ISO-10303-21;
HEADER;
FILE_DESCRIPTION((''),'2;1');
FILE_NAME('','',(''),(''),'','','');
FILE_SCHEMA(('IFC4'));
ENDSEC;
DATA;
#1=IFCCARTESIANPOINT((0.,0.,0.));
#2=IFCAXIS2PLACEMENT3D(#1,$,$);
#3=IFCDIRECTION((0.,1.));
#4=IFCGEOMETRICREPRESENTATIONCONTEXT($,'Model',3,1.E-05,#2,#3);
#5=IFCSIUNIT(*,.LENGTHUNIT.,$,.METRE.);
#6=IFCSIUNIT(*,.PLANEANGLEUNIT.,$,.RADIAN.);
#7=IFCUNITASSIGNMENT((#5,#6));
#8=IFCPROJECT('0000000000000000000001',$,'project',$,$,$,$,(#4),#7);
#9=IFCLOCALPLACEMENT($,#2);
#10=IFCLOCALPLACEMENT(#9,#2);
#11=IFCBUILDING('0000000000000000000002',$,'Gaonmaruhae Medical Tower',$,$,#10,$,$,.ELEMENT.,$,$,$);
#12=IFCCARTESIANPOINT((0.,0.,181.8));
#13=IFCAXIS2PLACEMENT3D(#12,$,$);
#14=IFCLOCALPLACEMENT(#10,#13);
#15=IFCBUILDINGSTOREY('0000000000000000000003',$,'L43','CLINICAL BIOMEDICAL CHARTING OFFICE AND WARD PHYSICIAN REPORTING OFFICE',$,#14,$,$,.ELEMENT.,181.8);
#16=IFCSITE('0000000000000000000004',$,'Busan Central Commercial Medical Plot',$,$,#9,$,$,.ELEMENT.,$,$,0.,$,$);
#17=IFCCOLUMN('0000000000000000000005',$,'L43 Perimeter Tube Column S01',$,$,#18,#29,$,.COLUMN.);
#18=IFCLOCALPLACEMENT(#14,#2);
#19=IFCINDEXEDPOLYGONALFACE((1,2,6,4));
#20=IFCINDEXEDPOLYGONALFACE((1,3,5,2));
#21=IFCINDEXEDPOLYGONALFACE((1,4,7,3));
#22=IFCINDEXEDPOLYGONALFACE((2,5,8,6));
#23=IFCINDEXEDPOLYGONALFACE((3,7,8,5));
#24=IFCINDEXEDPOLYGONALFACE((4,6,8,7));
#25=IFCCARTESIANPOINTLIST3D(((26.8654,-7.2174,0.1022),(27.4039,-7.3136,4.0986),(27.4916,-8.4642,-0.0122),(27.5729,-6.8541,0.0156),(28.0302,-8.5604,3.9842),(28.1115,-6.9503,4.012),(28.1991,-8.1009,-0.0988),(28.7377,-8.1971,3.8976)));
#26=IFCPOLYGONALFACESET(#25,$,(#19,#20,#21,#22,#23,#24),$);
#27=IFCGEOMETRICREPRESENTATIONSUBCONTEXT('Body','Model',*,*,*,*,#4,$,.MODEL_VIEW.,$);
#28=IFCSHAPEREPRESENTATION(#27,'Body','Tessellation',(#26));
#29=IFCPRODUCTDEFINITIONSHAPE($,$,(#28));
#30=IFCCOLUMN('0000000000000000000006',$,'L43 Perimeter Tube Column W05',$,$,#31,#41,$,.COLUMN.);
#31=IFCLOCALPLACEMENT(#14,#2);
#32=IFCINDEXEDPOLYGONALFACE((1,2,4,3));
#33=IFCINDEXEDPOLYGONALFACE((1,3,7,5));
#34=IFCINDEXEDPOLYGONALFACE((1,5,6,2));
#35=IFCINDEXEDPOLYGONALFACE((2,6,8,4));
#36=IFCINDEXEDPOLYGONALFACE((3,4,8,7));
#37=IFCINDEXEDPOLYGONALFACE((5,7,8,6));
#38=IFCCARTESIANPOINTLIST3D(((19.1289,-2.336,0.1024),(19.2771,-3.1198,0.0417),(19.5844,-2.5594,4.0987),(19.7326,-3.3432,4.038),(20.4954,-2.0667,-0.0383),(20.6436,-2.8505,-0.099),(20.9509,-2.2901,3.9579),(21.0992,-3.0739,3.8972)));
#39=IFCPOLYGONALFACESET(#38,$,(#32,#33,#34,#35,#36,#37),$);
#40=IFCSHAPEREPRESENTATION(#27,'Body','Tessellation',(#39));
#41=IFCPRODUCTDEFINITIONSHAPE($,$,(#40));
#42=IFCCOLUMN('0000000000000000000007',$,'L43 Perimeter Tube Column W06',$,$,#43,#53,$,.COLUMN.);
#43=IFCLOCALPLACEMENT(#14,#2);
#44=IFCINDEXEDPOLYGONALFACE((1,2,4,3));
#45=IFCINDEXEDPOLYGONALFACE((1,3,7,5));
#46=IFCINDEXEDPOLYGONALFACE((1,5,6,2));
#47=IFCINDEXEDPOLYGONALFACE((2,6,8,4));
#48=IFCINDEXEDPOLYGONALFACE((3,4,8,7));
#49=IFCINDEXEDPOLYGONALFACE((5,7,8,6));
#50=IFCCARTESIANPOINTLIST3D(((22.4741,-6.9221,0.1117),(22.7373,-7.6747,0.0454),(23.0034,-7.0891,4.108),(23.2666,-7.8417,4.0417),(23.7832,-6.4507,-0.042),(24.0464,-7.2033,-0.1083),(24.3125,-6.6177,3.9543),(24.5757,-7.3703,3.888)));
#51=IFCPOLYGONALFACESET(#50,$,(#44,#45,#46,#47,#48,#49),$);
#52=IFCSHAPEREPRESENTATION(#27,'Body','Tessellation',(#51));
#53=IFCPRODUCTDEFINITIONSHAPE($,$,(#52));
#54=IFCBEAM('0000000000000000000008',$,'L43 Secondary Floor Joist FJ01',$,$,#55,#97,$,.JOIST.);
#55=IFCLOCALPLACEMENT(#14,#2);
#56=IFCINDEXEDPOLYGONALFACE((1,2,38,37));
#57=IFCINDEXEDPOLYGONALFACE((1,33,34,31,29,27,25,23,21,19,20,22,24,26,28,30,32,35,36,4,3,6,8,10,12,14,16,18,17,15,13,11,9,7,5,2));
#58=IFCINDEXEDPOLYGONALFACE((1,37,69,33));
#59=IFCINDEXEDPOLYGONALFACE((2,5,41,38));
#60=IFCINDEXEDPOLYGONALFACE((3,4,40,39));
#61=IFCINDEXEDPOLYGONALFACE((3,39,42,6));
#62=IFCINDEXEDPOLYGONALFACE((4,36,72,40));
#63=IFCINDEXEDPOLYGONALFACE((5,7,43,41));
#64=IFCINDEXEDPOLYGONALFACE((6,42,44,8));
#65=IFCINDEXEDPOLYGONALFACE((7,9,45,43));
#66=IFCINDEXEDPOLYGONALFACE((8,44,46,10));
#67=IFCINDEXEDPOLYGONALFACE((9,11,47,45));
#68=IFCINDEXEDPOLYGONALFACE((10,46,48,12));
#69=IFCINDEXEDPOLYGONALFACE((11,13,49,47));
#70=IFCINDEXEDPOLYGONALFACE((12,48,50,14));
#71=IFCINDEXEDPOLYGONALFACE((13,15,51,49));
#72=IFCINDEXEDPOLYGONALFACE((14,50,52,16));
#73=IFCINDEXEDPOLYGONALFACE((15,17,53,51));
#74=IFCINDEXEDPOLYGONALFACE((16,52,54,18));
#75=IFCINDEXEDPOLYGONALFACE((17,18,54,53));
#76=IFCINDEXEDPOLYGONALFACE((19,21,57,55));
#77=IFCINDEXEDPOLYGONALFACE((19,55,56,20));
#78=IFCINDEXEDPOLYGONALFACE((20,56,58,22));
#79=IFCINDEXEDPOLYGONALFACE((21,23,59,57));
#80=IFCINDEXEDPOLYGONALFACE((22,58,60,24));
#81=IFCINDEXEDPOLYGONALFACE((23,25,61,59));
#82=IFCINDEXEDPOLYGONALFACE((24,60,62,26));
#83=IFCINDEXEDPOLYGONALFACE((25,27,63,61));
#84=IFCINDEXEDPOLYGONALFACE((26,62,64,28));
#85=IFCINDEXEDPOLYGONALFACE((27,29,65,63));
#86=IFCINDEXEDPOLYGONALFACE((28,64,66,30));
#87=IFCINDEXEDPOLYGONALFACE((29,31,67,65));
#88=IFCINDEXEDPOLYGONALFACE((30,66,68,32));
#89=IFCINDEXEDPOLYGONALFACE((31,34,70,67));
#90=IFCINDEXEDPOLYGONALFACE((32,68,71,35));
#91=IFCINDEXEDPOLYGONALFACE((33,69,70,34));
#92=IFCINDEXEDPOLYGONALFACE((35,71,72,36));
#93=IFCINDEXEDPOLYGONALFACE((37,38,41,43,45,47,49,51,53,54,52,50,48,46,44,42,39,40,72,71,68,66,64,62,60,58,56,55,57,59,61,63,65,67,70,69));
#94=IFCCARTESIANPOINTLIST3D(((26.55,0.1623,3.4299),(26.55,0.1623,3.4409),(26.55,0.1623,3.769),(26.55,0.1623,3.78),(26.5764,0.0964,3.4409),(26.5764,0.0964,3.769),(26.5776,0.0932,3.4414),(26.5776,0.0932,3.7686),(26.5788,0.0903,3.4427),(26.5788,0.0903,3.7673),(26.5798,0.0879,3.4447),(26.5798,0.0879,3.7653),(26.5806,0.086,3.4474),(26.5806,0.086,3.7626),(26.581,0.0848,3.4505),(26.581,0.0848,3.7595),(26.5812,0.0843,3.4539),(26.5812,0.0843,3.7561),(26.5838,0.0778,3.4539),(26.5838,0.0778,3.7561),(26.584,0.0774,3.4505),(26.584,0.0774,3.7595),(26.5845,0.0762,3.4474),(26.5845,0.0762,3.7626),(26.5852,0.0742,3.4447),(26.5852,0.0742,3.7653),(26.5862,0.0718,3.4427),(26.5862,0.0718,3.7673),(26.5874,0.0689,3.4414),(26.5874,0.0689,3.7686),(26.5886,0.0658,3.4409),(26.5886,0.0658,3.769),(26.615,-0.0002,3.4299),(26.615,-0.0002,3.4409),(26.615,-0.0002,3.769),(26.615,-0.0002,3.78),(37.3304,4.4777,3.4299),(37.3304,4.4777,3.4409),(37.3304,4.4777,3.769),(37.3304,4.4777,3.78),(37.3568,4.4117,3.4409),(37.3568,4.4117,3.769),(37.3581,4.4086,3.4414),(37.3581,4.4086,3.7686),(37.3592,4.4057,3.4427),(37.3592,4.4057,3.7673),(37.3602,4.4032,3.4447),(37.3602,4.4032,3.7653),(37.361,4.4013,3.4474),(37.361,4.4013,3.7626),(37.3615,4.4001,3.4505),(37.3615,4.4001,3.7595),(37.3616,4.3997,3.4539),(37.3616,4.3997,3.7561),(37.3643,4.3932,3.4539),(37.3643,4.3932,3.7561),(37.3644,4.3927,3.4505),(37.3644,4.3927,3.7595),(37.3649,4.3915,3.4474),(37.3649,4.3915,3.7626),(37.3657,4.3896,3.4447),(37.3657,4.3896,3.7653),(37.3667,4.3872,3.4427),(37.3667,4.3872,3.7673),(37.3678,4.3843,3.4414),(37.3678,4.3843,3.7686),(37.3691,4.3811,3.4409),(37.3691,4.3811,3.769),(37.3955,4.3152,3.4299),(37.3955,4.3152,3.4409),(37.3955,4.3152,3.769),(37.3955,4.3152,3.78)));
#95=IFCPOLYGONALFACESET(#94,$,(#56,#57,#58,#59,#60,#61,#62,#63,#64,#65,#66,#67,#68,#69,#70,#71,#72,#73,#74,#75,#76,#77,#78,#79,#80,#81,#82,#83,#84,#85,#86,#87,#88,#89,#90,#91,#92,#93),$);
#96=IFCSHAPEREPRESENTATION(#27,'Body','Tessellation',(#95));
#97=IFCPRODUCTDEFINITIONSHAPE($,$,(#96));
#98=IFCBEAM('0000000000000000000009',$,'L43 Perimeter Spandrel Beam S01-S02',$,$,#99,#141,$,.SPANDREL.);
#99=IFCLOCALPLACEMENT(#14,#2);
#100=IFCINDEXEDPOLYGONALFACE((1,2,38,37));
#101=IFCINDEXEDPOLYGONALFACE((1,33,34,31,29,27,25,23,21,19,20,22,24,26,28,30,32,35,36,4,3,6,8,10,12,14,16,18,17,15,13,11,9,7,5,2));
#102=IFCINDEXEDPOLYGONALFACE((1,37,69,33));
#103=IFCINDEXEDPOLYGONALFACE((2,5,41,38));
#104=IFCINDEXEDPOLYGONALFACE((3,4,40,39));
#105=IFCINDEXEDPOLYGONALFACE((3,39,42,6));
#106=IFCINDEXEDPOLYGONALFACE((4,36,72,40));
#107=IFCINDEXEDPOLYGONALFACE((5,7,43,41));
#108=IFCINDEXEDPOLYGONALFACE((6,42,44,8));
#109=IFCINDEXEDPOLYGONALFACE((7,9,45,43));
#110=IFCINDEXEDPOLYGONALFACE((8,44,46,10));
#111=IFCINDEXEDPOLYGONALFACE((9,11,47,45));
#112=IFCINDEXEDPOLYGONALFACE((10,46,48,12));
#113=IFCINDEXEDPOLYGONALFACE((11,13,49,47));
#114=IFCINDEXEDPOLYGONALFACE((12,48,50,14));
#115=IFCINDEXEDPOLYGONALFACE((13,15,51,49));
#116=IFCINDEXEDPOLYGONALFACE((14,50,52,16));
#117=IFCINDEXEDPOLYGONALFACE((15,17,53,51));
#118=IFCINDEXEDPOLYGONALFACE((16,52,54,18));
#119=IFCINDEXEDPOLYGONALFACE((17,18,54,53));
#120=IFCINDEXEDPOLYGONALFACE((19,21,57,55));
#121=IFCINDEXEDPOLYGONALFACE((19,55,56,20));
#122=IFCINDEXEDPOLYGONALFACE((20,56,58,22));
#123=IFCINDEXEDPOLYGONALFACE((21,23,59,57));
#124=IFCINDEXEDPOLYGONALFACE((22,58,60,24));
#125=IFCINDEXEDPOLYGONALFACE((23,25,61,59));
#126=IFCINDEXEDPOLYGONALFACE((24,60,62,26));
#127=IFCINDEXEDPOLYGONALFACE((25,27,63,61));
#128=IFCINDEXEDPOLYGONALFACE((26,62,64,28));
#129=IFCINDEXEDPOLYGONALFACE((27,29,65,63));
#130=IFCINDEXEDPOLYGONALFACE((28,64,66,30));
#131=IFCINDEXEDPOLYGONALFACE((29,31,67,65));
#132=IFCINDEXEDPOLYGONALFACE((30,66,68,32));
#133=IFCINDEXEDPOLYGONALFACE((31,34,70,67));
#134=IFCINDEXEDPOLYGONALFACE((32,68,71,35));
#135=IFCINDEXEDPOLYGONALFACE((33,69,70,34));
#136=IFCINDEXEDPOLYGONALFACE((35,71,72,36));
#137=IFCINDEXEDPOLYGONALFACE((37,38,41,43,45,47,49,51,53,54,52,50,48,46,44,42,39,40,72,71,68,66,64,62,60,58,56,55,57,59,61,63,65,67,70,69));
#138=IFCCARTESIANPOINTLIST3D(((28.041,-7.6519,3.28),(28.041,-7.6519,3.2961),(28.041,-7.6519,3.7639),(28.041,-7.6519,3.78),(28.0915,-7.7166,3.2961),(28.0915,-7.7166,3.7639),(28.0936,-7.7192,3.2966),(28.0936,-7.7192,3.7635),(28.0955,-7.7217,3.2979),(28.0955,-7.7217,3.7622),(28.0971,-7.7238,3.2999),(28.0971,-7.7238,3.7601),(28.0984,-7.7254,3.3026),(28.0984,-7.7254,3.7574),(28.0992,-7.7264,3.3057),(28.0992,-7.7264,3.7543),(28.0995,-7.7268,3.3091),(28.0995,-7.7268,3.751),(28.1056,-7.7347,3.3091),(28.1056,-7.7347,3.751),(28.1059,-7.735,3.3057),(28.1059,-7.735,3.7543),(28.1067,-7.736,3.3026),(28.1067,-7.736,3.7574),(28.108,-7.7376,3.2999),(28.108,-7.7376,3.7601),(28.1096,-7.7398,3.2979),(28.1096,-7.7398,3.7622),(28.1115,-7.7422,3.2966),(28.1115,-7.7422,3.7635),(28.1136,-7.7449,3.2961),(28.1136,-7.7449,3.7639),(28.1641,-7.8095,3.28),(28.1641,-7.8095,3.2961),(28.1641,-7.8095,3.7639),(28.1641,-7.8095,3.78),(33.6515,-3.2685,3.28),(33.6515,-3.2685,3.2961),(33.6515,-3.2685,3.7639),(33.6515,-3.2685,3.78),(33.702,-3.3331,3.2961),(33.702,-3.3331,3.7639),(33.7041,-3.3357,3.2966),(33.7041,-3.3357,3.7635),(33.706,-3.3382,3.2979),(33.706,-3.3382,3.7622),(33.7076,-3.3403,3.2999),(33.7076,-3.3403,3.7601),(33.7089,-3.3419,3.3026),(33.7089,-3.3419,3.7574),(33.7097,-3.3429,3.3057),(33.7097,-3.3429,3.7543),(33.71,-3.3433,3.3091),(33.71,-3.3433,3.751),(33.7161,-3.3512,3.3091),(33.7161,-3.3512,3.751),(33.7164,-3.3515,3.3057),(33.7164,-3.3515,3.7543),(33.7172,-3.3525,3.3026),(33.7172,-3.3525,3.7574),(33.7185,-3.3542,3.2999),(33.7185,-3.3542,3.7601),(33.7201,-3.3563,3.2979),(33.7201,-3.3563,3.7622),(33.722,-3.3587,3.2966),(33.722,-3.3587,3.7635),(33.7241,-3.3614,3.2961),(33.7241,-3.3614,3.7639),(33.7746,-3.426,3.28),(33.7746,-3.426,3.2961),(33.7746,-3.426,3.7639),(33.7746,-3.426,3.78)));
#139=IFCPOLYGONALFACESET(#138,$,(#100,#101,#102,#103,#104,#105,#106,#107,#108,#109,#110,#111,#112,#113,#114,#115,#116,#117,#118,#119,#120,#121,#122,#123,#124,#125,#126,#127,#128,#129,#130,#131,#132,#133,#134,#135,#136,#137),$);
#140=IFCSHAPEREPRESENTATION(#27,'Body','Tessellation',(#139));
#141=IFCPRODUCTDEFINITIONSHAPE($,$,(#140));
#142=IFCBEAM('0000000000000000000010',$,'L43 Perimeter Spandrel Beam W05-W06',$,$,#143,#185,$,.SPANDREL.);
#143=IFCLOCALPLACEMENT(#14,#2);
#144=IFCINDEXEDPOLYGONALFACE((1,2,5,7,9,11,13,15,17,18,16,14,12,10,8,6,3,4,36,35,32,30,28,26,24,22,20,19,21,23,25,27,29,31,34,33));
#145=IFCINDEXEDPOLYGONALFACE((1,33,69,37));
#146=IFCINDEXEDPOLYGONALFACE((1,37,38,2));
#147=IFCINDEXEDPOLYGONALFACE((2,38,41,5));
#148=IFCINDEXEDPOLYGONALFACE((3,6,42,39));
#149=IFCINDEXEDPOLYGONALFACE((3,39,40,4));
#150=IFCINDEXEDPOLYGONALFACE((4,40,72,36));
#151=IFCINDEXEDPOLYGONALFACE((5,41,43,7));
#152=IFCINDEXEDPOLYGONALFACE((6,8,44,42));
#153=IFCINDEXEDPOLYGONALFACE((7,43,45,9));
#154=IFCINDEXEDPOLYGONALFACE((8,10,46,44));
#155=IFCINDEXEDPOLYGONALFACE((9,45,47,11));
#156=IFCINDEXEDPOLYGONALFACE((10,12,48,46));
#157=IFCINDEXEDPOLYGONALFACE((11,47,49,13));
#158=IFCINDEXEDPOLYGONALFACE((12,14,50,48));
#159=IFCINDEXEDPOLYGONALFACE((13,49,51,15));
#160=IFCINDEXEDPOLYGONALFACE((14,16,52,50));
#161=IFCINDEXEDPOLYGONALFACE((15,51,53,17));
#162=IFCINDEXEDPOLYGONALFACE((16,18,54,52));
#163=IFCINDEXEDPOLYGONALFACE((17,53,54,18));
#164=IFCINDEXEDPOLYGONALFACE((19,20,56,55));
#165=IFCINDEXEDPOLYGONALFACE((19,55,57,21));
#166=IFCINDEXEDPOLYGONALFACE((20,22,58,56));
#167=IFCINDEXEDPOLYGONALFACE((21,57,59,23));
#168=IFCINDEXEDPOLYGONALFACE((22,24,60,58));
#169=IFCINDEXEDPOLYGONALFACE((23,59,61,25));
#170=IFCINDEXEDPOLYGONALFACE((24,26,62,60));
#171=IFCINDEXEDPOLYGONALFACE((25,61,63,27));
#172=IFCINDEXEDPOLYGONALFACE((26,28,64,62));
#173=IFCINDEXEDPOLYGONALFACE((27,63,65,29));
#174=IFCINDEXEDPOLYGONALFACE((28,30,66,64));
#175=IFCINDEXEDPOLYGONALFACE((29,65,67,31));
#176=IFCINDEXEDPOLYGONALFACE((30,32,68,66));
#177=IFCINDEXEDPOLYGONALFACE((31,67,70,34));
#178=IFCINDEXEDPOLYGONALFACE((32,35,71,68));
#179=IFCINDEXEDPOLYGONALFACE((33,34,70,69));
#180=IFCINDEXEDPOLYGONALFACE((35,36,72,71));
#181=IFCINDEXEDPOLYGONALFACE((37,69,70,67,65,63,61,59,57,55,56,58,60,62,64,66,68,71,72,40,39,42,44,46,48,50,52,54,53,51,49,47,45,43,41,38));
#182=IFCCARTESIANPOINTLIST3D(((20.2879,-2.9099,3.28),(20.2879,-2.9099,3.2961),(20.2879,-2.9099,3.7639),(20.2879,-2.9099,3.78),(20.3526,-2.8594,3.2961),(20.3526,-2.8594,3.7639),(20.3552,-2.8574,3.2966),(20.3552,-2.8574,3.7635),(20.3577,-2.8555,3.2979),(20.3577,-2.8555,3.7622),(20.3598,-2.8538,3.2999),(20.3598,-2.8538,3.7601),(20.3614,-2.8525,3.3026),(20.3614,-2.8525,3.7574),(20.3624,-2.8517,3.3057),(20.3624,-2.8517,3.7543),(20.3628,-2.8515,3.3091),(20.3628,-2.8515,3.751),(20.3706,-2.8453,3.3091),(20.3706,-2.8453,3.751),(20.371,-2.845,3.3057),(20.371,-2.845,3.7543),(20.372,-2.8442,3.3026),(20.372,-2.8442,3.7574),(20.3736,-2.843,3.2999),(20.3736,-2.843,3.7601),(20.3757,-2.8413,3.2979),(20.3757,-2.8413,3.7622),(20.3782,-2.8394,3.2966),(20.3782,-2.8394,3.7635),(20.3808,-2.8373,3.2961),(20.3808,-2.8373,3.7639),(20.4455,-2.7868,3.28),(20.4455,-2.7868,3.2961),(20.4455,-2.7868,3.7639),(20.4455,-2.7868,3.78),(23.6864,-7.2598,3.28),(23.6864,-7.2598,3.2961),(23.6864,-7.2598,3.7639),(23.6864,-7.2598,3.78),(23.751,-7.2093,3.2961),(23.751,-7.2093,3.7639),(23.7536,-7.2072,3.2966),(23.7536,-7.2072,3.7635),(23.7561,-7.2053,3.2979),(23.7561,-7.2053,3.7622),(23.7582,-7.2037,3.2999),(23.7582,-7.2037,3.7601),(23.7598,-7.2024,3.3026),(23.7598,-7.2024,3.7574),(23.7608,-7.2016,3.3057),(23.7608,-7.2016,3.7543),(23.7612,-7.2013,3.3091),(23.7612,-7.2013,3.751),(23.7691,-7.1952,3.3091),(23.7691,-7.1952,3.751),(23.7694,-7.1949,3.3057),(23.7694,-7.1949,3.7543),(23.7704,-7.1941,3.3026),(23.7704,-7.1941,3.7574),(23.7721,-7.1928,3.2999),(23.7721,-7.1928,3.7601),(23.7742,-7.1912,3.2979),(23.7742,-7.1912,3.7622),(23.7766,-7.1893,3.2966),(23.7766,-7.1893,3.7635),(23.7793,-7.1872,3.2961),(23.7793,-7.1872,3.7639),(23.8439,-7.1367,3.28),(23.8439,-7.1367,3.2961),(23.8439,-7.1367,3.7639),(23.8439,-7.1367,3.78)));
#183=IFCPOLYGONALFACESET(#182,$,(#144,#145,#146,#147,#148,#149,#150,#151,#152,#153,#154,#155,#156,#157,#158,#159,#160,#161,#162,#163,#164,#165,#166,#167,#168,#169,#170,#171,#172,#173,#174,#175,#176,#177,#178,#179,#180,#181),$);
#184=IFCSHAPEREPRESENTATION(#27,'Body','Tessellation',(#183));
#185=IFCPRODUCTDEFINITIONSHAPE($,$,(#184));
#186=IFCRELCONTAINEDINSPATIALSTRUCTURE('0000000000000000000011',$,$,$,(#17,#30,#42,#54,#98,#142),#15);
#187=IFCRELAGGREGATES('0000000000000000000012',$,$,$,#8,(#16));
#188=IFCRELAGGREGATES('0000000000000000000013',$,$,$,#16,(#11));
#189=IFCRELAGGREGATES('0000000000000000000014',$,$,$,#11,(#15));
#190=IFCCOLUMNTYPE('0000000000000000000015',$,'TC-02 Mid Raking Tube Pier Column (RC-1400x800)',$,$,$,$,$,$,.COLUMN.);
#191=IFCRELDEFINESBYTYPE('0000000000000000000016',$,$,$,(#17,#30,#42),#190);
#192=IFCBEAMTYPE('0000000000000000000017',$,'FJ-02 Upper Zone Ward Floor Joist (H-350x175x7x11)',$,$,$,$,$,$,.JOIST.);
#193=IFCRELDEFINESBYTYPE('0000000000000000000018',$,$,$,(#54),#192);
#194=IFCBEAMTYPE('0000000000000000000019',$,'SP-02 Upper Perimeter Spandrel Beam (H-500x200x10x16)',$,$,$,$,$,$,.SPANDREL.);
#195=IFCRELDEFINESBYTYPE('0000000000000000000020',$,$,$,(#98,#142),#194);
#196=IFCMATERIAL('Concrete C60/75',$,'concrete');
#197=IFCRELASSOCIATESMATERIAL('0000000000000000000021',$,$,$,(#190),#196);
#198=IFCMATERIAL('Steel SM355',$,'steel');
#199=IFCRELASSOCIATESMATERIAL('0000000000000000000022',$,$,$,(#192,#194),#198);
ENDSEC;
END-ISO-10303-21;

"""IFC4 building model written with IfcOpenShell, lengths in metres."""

from ifc_helpers import new_model, si_unit, direction, frame, origin, origin_2d, place, context, subcontext, project, spatial, rectangle, i_section, extrude, material, material_profile, profile_set, type_object, element, save


model = new_model("IFC4")

# Units and contexts
model_context = context("Model", 3, precision=1e-05, world=origin(), true_north=direction((0.0, 1.0)))
body_context = subcontext(model_context, "Body", "Model", "MODEL_VIEW")
ifc_project = project(units=[si_unit("LENGTHUNIT", "METRE"), si_unit("PLANEANGLEUNIT", "RADIAN")], contexts=[model_context])

# Site, building, storey
site_placement = place(None, origin())
site = spatial("IfcSite", under=ifc_project, at=site_placement, Name="Busan Central Commercial Medical Plot", CompositionType="ELEMENT", RefElevation=0.0)
building_placement = place(site_placement, origin())
building = spatial("IfcBuilding", under=site, at=building_placement, Name="Gaonmaruhae Medical Tower", CompositionType="ELEMENT")
storey_placement = place(building_placement, frame((0.0, 0.0, 181.8)))
storey = spatial("IfcBuildingStorey", under=building, at=storey_placement, Name="L43", Description="CLINICAL BIOMEDICAL CHARTING OFFICE AND WARD PHYSICIAN REPORTING OFFICE", CompositionType="ELEMENT", Elevation=181.8)

# Columns
ifc_material_1 = material(Name="Concrete C60/75", Category="concrete")
ifc_material_profile_1 = material_profile(ifc_material_1, rectangle(XDim=1.3999, YDim=0.8, at=origin_2d()), Name="RC-1400x800")
ifc_profile_set_1 = profile_set([ifc_material_profile_1], Name="Concrete C60/75")
column_type = type_object("IfcColumnType", Name="TC-02 Mid Raking Tube Pier Column (RC-1400x800)", PredefinedType="COLUMN", material=ifc_profile_set_1)
column_1_placement = place(storey_placement, frame((27.5322, -7.6592, 0.0017), z_axis=(0.133522, -0.023847, 0.990759), x_axis=(-0.44732, 0.890633, 0.081721)))
element("IfcColumn", 1, at=column_1_placement, inside=storey, type_object=column_type, Name="L43 Perimeter Tube Column S01", PredefinedType="COLUMN", context=body_context, shape_type="SweptSolid", body=[
    extrude(rectangle(XDim=1.3999, YDim=0.8, at=origin_2d()), origin(), (0.0, 0.0, 1.0), 4.0337),
])
column_2_placement = place(storey_placement, frame((19.8862, -2.5933, 0.0017), z_axis=(0.113088, -0.055453, 0.992036), x_axis=(-0.976157, -0.192387, 0.100524)))
element("IfcColumn", 2, at=column_2_placement, inside=storey, type_object=column_type, Name="L43 Perimeter Tube Column W05", PredefinedType="COLUMN", context=body_context, shape_type="SweptSolid", body=[
    extrude(rectangle(XDim=1.3999, YDim=0.8, at=origin_2d()), origin(), (0.0, 0.0, 1.0), 4.0283),
])
column_3_placement = place(storey_placement, frame((23.2603, -7.0627, 0.0017), z_axis=(0.131186, -0.041389, 0.990493), x_axis=(-0.935175, -0.336741, 0.109788)))
element("IfcColumn", 3, at=column_3_placement, inside=storey, type_object=column_type, Name="L43 Perimeter Tube Column W06", PredefinedType="COLUMN", context=body_context, shape_type="SweptSolid", body=[
    extrude(rectangle(XDim=1.3999, YDim=0.8, at=origin_2d()), origin(), (0.0, 0.0, 1.0), 4.0347),
])

# Beams
ifc_material_2 = material(Name="Steel SM355", Category="steel")
ifc_material_profile_2 = material_profile(ifc_material_2, i_section(OverallWidth=0.175, OverallDepth=0.3501, WebThickness=0.0071, FlangeThickness=0.011, FilletRadius=0.0129, at=origin_2d()), Name="H-350x175x7x11")
ifc_profile_set_2 = profile_set([ifc_material_profile_2], Name="Steel SM355")
beam_type_1 = type_object("IfcBeamType", Name="FJ-02 Upper Zone Ward Floor Joist (H-350x175x7x11)", PredefinedType="JOIST", material=ifc_profile_set_2)
beam_1_placement = place(storey_placement, frame((26.5825, 0.0811, 3.605), z_axis=(0.928381, 0.37163, 0.0), x_axis=(-0.37163, 0.928381, 0.0)))
element("IfcBeam", 4, at=beam_1_placement, inside=storey, type_object=beam_type_1, Name="L43 Secondary Floor Joist FJ01", PredefinedType="JOIST", context=body_context, shape_type="SweptSolid", body=[
    extrude(i_section(OverallWidth=0.175, OverallDepth=0.3501, WebThickness=0.0071, FlangeThickness=0.011, FilletRadius=0.0129, at=origin_2d()), origin(), (0.0, 0.0, 1.0), 11.6121),
])
ifc_material_profile_3 = material_profile(ifc_material_2, i_section(OverallWidth=0.2, OverallDepth=0.5, WebThickness=0.01, FlangeThickness=0.0161, FilletRadius=0.0129, at=origin_2d()), Name="H-500x200x10x16")
ifc_profile_set_3 = profile_set([ifc_material_profile_3], Name="Steel SM355")
beam_type_2 = type_object("IfcBeamType", Name="SP-02 Upper Perimeter Spandrel Beam (H-500x200x10x16)", PredefinedType="SPANDREL", material=ifc_profile_set_3)
beam_2_placement = place(storey_placement, frame((28.1025, -7.7307, 3.53), z_axis=(0.788006, 0.615667, 0.0), x_axis=(-0.615667, 0.788006, 0.0)))
element("IfcBeam", 5, at=beam_2_placement, inside=storey, type_object=beam_type_2, Name="L43 Perimeter Spandrel Beam S01-S02", PredefinedType="SPANDREL", context=body_context, shape_type="SweptSolid", body=[
    extrude(i_section(OverallWidth=0.2, OverallDepth=0.5, WebThickness=0.01, FlangeThickness=0.0161, FilletRadius=0.0129, at=origin_2d()), origin(), (0.0, 0.0, 1.0), 7.1199),
])
beam_3_placement = place(storey_placement, frame((20.3667, -2.8484, 3.53), z_axis=(0.615657, -0.788014, 0.0), x_axis=(0.788014, 0.615657, 0.0)))
element("IfcBeam", 6, at=beam_3_placement, inside=storey, type_object=beam_type_2, Name="L43 Perimeter Spandrel Beam W05-W06", PredefinedType="SPANDREL", context=body_context, shape_type="SweptSolid", body=[
    extrude(i_section(OverallWidth=0.2, OverallDepth=0.5, WebThickness=0.01, FlangeThickness=0.0161, FilletRadius=0.0129, at=origin_2d()), origin(), (0.0, 0.0, 1.0), 5.52),
])

save(model, "model.ifc")
